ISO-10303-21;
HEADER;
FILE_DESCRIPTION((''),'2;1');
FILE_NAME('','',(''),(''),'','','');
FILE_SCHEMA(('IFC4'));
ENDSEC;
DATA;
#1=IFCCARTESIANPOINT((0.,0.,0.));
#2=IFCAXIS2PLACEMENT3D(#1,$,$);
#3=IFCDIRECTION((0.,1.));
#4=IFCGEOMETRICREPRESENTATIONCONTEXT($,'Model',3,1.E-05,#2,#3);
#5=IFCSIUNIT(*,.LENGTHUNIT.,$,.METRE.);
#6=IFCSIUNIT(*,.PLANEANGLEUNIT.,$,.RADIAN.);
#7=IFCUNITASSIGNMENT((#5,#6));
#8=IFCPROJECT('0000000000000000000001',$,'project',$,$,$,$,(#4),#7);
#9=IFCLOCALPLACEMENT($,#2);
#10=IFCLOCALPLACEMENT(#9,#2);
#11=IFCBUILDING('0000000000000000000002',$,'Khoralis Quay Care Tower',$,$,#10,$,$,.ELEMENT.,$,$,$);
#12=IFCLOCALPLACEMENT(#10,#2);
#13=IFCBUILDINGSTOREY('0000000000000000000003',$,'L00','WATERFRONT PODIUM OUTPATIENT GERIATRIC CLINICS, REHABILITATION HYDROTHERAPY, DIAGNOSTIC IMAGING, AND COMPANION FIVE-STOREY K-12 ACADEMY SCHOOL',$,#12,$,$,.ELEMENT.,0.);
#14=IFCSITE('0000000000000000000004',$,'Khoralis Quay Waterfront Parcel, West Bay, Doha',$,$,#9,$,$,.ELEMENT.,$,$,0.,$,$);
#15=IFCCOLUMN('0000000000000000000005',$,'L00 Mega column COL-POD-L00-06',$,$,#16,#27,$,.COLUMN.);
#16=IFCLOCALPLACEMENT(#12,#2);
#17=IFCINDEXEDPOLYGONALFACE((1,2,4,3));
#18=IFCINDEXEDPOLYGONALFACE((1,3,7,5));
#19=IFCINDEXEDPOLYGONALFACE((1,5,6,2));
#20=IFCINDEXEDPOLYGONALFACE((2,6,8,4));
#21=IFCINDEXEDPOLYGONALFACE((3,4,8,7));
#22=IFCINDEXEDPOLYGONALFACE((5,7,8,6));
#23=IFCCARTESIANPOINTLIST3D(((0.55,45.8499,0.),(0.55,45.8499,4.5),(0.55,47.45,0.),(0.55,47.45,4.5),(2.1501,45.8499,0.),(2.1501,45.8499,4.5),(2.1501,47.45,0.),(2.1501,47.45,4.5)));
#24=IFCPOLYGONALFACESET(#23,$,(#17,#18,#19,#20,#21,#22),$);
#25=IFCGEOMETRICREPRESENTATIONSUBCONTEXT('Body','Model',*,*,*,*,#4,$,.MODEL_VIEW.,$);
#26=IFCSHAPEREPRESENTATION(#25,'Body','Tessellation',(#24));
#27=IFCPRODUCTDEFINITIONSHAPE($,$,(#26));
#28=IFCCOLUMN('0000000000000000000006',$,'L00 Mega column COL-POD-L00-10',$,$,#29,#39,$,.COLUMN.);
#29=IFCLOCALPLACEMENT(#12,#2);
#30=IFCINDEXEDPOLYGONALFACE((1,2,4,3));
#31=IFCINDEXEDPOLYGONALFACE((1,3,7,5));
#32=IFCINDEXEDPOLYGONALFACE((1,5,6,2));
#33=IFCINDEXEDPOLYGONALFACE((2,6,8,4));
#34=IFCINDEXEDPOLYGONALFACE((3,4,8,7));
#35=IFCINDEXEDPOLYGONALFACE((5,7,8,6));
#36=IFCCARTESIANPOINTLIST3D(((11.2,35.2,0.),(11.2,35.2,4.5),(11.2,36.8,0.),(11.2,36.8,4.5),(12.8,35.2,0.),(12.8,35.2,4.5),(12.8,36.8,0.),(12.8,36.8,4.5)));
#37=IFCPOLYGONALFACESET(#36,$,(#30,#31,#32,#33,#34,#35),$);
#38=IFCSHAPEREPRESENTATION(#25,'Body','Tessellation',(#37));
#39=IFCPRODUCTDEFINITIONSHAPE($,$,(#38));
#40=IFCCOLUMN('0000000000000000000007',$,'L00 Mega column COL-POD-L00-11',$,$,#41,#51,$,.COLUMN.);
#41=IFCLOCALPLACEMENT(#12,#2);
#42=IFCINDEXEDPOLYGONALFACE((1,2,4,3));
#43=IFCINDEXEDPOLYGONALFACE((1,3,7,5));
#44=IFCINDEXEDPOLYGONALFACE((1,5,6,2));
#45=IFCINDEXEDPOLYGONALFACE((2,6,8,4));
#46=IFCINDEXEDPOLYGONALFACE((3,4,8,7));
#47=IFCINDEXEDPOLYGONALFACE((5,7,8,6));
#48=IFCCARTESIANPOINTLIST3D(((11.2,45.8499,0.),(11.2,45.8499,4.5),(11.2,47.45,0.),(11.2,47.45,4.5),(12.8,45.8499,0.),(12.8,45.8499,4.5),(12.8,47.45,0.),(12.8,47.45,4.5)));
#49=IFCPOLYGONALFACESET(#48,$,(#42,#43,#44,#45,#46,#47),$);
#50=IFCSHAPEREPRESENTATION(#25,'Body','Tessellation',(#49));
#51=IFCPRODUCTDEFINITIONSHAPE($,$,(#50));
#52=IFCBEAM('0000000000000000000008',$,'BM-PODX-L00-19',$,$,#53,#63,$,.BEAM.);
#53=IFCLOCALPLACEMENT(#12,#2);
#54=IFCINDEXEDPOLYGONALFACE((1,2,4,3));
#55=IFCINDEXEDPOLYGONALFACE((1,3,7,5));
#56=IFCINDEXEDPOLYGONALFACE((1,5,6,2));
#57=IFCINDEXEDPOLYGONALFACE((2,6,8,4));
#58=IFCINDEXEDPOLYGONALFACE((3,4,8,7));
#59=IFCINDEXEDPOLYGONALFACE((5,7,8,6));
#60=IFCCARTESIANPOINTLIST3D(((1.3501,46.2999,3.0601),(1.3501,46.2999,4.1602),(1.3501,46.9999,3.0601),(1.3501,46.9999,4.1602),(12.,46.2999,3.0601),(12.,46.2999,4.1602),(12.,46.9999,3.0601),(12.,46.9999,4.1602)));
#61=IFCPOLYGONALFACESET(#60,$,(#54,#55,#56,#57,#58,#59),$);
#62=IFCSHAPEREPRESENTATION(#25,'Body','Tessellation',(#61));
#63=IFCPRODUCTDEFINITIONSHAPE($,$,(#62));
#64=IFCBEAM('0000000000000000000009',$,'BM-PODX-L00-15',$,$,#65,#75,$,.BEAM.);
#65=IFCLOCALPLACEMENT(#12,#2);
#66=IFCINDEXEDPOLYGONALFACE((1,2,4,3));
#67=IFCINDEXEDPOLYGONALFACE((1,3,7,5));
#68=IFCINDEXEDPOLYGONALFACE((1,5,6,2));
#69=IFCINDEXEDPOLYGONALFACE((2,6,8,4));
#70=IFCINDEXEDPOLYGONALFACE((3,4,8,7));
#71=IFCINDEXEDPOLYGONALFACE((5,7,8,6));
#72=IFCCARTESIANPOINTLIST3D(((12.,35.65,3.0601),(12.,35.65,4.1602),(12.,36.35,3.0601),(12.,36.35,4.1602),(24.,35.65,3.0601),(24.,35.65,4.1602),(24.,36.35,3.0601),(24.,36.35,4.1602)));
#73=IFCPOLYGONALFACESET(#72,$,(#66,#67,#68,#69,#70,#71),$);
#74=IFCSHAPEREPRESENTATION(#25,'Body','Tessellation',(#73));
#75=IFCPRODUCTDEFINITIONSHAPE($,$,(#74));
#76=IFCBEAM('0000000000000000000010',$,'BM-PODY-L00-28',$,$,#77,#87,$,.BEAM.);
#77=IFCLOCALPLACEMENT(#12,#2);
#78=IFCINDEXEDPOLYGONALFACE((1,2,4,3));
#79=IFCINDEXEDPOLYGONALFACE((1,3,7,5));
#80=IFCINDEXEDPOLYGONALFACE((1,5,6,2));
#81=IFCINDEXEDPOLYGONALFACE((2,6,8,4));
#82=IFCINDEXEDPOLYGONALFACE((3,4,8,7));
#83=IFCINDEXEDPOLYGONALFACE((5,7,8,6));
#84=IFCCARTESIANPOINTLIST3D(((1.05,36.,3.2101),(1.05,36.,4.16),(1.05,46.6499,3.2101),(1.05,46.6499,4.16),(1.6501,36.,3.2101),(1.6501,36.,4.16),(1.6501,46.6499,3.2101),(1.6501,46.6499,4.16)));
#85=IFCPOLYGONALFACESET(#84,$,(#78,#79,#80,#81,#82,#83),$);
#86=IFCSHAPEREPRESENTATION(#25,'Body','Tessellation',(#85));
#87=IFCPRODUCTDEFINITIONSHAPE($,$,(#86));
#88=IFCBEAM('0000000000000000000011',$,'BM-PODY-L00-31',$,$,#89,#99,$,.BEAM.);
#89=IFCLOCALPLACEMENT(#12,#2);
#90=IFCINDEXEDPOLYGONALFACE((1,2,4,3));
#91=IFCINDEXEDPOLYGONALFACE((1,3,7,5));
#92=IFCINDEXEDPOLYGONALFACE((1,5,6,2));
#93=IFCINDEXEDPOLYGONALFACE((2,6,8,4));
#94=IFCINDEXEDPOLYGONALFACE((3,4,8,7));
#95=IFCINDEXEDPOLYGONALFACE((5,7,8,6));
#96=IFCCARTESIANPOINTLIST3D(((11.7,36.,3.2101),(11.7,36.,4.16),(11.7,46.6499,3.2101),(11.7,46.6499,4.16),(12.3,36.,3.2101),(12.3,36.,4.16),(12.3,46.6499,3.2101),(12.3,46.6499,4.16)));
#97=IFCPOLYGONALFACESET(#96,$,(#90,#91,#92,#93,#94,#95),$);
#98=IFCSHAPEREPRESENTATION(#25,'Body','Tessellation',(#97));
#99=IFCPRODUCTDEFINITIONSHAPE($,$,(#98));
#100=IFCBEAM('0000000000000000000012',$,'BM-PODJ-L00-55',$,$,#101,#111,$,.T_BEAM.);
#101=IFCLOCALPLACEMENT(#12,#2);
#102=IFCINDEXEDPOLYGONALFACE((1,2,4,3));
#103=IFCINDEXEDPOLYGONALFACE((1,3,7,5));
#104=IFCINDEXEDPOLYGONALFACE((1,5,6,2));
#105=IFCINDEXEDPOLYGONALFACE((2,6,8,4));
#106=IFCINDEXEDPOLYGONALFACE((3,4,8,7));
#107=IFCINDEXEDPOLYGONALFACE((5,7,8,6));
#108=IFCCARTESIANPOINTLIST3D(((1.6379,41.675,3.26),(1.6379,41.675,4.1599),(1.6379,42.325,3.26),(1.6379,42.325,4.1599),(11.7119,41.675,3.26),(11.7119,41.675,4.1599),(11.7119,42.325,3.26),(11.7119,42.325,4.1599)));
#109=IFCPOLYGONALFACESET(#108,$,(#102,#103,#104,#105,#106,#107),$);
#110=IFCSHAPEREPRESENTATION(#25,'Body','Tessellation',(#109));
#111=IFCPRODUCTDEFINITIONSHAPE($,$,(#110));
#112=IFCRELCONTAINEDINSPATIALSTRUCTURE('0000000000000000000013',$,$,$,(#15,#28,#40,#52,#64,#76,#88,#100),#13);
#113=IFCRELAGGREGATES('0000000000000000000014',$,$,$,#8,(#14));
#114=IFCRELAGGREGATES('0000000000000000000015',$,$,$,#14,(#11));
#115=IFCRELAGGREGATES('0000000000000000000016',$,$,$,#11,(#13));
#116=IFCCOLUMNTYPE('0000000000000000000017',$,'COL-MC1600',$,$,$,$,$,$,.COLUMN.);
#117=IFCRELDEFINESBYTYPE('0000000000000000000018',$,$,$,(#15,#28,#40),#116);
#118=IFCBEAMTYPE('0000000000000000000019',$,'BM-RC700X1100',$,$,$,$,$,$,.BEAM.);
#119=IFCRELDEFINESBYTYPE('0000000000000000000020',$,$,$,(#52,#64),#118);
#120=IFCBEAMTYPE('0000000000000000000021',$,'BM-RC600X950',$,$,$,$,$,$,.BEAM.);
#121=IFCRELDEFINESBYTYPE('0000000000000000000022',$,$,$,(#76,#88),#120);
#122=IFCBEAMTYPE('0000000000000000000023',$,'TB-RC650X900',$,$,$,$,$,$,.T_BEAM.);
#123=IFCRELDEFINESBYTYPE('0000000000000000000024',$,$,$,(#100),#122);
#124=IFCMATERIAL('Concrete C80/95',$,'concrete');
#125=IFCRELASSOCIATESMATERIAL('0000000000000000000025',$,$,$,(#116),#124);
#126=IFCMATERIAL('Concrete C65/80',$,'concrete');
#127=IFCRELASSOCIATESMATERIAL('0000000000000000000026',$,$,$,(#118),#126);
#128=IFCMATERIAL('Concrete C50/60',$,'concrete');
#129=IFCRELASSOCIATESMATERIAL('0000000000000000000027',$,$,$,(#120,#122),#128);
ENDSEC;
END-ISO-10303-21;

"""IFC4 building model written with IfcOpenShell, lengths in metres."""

from ifc_helpers import new_model, si_unit, direction, frame, origin, origin_2d, place, context, subcontext, project, spatial, rectangle, extrude, source, transform, mapped, material, material_profile, profile_set, type_object, element, save


model = new_model("IFC4")

# Units and contexts
model_context = context("Model", 3, precision=1e-05, world=origin(), true_north=direction((0.0, 1.0)))
body_context = subcontext(model_context, "Body", "Model", "MODEL_VIEW")
ifc_project = project(units=[si_unit("LENGTHUNIT", "METRE"), si_unit("PLANEANGLEUNIT", "RADIAN")], contexts=[model_context])

# Site, building, storey
site_placement = place(None, origin())
site = spatial("IfcSite", under=ifc_project, at=site_placement, Name="Khoralis Quay Waterfront Parcel, West Bay, Doha", CompositionType="ELEMENT", RefElevation=0.0)
building_placement = place(site_placement, origin())
building = spatial("IfcBuilding", under=site, at=building_placement, Name="Khoralis Quay Care Tower", CompositionType="ELEMENT")
storey_placement = place(building_placement, origin())
storey = spatial("IfcBuildingStorey", under=building, at=storey_placement, Name="L00", Description="WATERFRONT PODIUM OUTPATIENT GERIATRIC CLINICS, REHABILITATION HYDROTHERAPY, DIAGNOSTIC IMAGING, AND COMPANION FIVE-STOREY K-12 ACADEMY SCHOOL", CompositionType="ELEMENT", Elevation=0.0)

# Columns
ifc_material_1 = material(Name="Concrete C80/95", Category="concrete")
ifc_material_profile_1 = material_profile(ifc_material_1, rectangle(XDim=1.6001, YDim=1.6001, at=origin_2d()), Name="Concrete C80/95")
ifc_profile_set_1 = profile_set([ifc_material_profile_1], Name="Concrete C80/95")
column_type = type_object("IfcColumnType", Name="COL-MC1600", PredefinedType="COLUMN", material=ifc_profile_set_1)
shared_shape_1 = source(origin(), body_context, "Body", "SweptSolid", [
    extrude(rectangle(XDim=1.6001, YDim=1.6001, at=origin_2d()), origin(), (0.0, 0.0, 1.0), 4.5),
])
for number, where, z_axis, x_axis, name in (
    (1, (1.3501, 46.6499, 0.0), (0.0, 0.0, 1.0), (1.0, 0.0, 0.0), "L00 Mega column COL-POD-L00-06"),
    (2, (12.0, 36.0, 0.0), (0.0, 0.0, 1.0), (1.0, 0.0, 0.0), "L00 Mega column COL-POD-L00-10"),
    (3, (12.0, 46.6499, 0.0), (0.0, 0.0, 1.0), (1.0, 0.0, 0.0), "L00 Mega column COL-POD-L00-11"),
):
    element("IfcColumn", number, at=place(storey_placement, frame(where, z_axis=z_axis, x_axis=x_axis)), inside=storey, type_object=column_type, Name=name, PredefinedType="COLUMN", context=body_context, shape_type="MappedRepresentation", body=[
        mapped(shared_shape_1, transform((0.0, 0.0, 0.0), scale=1.0)),
    ])

# Beams
ifc_material_2 = material(Name="Concrete C65/80", Category="concrete")
ifc_material_profile_2 = material_profile(ifc_material_2, rectangle(XDim=0.7, YDim=1.1001, at=origin_2d()), Name="Concrete C65/80")
ifc_profile_set_2 = profile_set([ifc_material_profile_2], Name="Concrete C65/80")
beam_type_1 = type_object("IfcBeamType", Name="BM-RC700X1100", PredefinedType="BEAM", material=ifc_profile_set_2)
shared_shape_2 = source(origin(), body_context, "Body", "SweptSolid", [
    extrude(rectangle(XDim=0.7, YDim=1.1001, at=origin_2d()), origin(), (0.0, 0.0, 1.0), 10.6499),
])
beam_1_placement = place(storey_placement, frame((1.3501, 46.6499, 3.6101), z_axis=(1.0, 0.0, 0.0), x_axis=(0.0, 1.0, 0.0)))
element("IfcBeam", 4, at=beam_1_placement, inside=storey, type_object=beam_type_1, Name="BM-PODX-L00-19", PredefinedType="BEAM", context=body_context, shape_type="MappedRepresentation", body=[
    mapped(shared_shape_2, transform((0.0, 0.0, 0.0), scale=1.0)),
])
shared_shape_3 = source(origin(), body_context, "Body", "SweptSolid", [
    extrude(rectangle(XDim=0.7, YDim=1.1001, at=origin_2d()), origin(), (0.0, 0.0, 1.0), 12.0),
])
beam_2_placement = place(storey_placement, frame((12.0, 36.0, 3.6101), z_axis=(1.0, 0.0, 0.0), x_axis=(0.0, 1.0, 0.0)))
element("IfcBeam", 5, at=beam_2_placement, inside=storey, type_object=beam_type_1, Name="BM-PODX-L00-15", PredefinedType="BEAM", context=body_context, shape_type="MappedRepresentation", body=[
    mapped(shared_shape_3, transform((0.0, 0.0, 0.0), scale=1.0)),
])
ifc_material_3 = material(Name="Concrete C50/60", Category="concrete")
ifc_material_profile_3 = material_profile(ifc_material_3, rectangle(XDim=0.6001, YDim=0.95, at=origin_2d()), Name="Concrete C50/60")
ifc_profile_set_3 = profile_set([ifc_material_profile_3], Name="Concrete C50/60")
beam_type_2 = type_object("IfcBeamType", Name="BM-RC600X950", PredefinedType="BEAM", material=ifc_profile_set_3)
shared_shape_4 = source(origin(), body_context, "Body", "SweptSolid", [
    extrude(rectangle(XDim=0.6001, YDim=0.95, at=origin_2d()), origin(), (0.0, 0.0, 1.0), 10.6499),
])
for number, where, z_axis, x_axis, name in (
    (6, (1.3501, 36.0, 3.6851), (0.0, 1.0, 0.0), (-1.0, 0.0, 0.0), "BM-PODY-L00-28"),
    (7, (12.0, 36.0, 3.6851), (0.0, 1.0, 0.0), (-1.0, 0.0, 0.0), "BM-PODY-L00-31"),
):
    element("IfcBeam", number, at=place(storey_placement, frame(where, z_axis=z_axis, x_axis=x_axis)), inside=storey, type_object=beam_type_2, Name=name, PredefinedType="BEAM", context=body_context, shape_type="MappedRepresentation", body=[
        mapped(shared_shape_4, transform((0.0, 0.0, 0.0), scale=1.0)),
    ])
ifc_material_profile_4 = material_profile(ifc_material_3, rectangle(XDim=0.6499, YDim=0.8999, at=origin_2d()), Name="Concrete C50/60")
ifc_profile_set_4 = profile_set([ifc_material_profile_4], Name="Concrete C50/60")
beam_type_3 = type_object("IfcBeamType", Name="TB-RC650X900", PredefinedType="T_BEAM", material=ifc_profile_set_4)
shared_shape_5 = source(origin(), body_context, "Body", "SweptSolid", [
    extrude(rectangle(XDim=0.6499, YDim=0.8999, at=origin_2d()), origin(), (0.0, 0.0, 1.0), 10.074),
])
beam_3_placement = place(storey_placement, frame((1.6379, 42.0, 3.71), z_axis=(1.0, 0.0, 0.0), x_axis=(0.0, 1.0, 0.0)))
element("IfcBeam", 8, at=beam_3_placement, inside=storey, type_object=beam_type_3, Name="BM-PODJ-L00-55", PredefinedType="T_BEAM", context=body_context, shape_type="MappedRepresentation", body=[
    mapped(shared_shape_5, transform((0.0, 0.0, 0.0), scale=1.0)),
])

save(model, "model.ifc")
